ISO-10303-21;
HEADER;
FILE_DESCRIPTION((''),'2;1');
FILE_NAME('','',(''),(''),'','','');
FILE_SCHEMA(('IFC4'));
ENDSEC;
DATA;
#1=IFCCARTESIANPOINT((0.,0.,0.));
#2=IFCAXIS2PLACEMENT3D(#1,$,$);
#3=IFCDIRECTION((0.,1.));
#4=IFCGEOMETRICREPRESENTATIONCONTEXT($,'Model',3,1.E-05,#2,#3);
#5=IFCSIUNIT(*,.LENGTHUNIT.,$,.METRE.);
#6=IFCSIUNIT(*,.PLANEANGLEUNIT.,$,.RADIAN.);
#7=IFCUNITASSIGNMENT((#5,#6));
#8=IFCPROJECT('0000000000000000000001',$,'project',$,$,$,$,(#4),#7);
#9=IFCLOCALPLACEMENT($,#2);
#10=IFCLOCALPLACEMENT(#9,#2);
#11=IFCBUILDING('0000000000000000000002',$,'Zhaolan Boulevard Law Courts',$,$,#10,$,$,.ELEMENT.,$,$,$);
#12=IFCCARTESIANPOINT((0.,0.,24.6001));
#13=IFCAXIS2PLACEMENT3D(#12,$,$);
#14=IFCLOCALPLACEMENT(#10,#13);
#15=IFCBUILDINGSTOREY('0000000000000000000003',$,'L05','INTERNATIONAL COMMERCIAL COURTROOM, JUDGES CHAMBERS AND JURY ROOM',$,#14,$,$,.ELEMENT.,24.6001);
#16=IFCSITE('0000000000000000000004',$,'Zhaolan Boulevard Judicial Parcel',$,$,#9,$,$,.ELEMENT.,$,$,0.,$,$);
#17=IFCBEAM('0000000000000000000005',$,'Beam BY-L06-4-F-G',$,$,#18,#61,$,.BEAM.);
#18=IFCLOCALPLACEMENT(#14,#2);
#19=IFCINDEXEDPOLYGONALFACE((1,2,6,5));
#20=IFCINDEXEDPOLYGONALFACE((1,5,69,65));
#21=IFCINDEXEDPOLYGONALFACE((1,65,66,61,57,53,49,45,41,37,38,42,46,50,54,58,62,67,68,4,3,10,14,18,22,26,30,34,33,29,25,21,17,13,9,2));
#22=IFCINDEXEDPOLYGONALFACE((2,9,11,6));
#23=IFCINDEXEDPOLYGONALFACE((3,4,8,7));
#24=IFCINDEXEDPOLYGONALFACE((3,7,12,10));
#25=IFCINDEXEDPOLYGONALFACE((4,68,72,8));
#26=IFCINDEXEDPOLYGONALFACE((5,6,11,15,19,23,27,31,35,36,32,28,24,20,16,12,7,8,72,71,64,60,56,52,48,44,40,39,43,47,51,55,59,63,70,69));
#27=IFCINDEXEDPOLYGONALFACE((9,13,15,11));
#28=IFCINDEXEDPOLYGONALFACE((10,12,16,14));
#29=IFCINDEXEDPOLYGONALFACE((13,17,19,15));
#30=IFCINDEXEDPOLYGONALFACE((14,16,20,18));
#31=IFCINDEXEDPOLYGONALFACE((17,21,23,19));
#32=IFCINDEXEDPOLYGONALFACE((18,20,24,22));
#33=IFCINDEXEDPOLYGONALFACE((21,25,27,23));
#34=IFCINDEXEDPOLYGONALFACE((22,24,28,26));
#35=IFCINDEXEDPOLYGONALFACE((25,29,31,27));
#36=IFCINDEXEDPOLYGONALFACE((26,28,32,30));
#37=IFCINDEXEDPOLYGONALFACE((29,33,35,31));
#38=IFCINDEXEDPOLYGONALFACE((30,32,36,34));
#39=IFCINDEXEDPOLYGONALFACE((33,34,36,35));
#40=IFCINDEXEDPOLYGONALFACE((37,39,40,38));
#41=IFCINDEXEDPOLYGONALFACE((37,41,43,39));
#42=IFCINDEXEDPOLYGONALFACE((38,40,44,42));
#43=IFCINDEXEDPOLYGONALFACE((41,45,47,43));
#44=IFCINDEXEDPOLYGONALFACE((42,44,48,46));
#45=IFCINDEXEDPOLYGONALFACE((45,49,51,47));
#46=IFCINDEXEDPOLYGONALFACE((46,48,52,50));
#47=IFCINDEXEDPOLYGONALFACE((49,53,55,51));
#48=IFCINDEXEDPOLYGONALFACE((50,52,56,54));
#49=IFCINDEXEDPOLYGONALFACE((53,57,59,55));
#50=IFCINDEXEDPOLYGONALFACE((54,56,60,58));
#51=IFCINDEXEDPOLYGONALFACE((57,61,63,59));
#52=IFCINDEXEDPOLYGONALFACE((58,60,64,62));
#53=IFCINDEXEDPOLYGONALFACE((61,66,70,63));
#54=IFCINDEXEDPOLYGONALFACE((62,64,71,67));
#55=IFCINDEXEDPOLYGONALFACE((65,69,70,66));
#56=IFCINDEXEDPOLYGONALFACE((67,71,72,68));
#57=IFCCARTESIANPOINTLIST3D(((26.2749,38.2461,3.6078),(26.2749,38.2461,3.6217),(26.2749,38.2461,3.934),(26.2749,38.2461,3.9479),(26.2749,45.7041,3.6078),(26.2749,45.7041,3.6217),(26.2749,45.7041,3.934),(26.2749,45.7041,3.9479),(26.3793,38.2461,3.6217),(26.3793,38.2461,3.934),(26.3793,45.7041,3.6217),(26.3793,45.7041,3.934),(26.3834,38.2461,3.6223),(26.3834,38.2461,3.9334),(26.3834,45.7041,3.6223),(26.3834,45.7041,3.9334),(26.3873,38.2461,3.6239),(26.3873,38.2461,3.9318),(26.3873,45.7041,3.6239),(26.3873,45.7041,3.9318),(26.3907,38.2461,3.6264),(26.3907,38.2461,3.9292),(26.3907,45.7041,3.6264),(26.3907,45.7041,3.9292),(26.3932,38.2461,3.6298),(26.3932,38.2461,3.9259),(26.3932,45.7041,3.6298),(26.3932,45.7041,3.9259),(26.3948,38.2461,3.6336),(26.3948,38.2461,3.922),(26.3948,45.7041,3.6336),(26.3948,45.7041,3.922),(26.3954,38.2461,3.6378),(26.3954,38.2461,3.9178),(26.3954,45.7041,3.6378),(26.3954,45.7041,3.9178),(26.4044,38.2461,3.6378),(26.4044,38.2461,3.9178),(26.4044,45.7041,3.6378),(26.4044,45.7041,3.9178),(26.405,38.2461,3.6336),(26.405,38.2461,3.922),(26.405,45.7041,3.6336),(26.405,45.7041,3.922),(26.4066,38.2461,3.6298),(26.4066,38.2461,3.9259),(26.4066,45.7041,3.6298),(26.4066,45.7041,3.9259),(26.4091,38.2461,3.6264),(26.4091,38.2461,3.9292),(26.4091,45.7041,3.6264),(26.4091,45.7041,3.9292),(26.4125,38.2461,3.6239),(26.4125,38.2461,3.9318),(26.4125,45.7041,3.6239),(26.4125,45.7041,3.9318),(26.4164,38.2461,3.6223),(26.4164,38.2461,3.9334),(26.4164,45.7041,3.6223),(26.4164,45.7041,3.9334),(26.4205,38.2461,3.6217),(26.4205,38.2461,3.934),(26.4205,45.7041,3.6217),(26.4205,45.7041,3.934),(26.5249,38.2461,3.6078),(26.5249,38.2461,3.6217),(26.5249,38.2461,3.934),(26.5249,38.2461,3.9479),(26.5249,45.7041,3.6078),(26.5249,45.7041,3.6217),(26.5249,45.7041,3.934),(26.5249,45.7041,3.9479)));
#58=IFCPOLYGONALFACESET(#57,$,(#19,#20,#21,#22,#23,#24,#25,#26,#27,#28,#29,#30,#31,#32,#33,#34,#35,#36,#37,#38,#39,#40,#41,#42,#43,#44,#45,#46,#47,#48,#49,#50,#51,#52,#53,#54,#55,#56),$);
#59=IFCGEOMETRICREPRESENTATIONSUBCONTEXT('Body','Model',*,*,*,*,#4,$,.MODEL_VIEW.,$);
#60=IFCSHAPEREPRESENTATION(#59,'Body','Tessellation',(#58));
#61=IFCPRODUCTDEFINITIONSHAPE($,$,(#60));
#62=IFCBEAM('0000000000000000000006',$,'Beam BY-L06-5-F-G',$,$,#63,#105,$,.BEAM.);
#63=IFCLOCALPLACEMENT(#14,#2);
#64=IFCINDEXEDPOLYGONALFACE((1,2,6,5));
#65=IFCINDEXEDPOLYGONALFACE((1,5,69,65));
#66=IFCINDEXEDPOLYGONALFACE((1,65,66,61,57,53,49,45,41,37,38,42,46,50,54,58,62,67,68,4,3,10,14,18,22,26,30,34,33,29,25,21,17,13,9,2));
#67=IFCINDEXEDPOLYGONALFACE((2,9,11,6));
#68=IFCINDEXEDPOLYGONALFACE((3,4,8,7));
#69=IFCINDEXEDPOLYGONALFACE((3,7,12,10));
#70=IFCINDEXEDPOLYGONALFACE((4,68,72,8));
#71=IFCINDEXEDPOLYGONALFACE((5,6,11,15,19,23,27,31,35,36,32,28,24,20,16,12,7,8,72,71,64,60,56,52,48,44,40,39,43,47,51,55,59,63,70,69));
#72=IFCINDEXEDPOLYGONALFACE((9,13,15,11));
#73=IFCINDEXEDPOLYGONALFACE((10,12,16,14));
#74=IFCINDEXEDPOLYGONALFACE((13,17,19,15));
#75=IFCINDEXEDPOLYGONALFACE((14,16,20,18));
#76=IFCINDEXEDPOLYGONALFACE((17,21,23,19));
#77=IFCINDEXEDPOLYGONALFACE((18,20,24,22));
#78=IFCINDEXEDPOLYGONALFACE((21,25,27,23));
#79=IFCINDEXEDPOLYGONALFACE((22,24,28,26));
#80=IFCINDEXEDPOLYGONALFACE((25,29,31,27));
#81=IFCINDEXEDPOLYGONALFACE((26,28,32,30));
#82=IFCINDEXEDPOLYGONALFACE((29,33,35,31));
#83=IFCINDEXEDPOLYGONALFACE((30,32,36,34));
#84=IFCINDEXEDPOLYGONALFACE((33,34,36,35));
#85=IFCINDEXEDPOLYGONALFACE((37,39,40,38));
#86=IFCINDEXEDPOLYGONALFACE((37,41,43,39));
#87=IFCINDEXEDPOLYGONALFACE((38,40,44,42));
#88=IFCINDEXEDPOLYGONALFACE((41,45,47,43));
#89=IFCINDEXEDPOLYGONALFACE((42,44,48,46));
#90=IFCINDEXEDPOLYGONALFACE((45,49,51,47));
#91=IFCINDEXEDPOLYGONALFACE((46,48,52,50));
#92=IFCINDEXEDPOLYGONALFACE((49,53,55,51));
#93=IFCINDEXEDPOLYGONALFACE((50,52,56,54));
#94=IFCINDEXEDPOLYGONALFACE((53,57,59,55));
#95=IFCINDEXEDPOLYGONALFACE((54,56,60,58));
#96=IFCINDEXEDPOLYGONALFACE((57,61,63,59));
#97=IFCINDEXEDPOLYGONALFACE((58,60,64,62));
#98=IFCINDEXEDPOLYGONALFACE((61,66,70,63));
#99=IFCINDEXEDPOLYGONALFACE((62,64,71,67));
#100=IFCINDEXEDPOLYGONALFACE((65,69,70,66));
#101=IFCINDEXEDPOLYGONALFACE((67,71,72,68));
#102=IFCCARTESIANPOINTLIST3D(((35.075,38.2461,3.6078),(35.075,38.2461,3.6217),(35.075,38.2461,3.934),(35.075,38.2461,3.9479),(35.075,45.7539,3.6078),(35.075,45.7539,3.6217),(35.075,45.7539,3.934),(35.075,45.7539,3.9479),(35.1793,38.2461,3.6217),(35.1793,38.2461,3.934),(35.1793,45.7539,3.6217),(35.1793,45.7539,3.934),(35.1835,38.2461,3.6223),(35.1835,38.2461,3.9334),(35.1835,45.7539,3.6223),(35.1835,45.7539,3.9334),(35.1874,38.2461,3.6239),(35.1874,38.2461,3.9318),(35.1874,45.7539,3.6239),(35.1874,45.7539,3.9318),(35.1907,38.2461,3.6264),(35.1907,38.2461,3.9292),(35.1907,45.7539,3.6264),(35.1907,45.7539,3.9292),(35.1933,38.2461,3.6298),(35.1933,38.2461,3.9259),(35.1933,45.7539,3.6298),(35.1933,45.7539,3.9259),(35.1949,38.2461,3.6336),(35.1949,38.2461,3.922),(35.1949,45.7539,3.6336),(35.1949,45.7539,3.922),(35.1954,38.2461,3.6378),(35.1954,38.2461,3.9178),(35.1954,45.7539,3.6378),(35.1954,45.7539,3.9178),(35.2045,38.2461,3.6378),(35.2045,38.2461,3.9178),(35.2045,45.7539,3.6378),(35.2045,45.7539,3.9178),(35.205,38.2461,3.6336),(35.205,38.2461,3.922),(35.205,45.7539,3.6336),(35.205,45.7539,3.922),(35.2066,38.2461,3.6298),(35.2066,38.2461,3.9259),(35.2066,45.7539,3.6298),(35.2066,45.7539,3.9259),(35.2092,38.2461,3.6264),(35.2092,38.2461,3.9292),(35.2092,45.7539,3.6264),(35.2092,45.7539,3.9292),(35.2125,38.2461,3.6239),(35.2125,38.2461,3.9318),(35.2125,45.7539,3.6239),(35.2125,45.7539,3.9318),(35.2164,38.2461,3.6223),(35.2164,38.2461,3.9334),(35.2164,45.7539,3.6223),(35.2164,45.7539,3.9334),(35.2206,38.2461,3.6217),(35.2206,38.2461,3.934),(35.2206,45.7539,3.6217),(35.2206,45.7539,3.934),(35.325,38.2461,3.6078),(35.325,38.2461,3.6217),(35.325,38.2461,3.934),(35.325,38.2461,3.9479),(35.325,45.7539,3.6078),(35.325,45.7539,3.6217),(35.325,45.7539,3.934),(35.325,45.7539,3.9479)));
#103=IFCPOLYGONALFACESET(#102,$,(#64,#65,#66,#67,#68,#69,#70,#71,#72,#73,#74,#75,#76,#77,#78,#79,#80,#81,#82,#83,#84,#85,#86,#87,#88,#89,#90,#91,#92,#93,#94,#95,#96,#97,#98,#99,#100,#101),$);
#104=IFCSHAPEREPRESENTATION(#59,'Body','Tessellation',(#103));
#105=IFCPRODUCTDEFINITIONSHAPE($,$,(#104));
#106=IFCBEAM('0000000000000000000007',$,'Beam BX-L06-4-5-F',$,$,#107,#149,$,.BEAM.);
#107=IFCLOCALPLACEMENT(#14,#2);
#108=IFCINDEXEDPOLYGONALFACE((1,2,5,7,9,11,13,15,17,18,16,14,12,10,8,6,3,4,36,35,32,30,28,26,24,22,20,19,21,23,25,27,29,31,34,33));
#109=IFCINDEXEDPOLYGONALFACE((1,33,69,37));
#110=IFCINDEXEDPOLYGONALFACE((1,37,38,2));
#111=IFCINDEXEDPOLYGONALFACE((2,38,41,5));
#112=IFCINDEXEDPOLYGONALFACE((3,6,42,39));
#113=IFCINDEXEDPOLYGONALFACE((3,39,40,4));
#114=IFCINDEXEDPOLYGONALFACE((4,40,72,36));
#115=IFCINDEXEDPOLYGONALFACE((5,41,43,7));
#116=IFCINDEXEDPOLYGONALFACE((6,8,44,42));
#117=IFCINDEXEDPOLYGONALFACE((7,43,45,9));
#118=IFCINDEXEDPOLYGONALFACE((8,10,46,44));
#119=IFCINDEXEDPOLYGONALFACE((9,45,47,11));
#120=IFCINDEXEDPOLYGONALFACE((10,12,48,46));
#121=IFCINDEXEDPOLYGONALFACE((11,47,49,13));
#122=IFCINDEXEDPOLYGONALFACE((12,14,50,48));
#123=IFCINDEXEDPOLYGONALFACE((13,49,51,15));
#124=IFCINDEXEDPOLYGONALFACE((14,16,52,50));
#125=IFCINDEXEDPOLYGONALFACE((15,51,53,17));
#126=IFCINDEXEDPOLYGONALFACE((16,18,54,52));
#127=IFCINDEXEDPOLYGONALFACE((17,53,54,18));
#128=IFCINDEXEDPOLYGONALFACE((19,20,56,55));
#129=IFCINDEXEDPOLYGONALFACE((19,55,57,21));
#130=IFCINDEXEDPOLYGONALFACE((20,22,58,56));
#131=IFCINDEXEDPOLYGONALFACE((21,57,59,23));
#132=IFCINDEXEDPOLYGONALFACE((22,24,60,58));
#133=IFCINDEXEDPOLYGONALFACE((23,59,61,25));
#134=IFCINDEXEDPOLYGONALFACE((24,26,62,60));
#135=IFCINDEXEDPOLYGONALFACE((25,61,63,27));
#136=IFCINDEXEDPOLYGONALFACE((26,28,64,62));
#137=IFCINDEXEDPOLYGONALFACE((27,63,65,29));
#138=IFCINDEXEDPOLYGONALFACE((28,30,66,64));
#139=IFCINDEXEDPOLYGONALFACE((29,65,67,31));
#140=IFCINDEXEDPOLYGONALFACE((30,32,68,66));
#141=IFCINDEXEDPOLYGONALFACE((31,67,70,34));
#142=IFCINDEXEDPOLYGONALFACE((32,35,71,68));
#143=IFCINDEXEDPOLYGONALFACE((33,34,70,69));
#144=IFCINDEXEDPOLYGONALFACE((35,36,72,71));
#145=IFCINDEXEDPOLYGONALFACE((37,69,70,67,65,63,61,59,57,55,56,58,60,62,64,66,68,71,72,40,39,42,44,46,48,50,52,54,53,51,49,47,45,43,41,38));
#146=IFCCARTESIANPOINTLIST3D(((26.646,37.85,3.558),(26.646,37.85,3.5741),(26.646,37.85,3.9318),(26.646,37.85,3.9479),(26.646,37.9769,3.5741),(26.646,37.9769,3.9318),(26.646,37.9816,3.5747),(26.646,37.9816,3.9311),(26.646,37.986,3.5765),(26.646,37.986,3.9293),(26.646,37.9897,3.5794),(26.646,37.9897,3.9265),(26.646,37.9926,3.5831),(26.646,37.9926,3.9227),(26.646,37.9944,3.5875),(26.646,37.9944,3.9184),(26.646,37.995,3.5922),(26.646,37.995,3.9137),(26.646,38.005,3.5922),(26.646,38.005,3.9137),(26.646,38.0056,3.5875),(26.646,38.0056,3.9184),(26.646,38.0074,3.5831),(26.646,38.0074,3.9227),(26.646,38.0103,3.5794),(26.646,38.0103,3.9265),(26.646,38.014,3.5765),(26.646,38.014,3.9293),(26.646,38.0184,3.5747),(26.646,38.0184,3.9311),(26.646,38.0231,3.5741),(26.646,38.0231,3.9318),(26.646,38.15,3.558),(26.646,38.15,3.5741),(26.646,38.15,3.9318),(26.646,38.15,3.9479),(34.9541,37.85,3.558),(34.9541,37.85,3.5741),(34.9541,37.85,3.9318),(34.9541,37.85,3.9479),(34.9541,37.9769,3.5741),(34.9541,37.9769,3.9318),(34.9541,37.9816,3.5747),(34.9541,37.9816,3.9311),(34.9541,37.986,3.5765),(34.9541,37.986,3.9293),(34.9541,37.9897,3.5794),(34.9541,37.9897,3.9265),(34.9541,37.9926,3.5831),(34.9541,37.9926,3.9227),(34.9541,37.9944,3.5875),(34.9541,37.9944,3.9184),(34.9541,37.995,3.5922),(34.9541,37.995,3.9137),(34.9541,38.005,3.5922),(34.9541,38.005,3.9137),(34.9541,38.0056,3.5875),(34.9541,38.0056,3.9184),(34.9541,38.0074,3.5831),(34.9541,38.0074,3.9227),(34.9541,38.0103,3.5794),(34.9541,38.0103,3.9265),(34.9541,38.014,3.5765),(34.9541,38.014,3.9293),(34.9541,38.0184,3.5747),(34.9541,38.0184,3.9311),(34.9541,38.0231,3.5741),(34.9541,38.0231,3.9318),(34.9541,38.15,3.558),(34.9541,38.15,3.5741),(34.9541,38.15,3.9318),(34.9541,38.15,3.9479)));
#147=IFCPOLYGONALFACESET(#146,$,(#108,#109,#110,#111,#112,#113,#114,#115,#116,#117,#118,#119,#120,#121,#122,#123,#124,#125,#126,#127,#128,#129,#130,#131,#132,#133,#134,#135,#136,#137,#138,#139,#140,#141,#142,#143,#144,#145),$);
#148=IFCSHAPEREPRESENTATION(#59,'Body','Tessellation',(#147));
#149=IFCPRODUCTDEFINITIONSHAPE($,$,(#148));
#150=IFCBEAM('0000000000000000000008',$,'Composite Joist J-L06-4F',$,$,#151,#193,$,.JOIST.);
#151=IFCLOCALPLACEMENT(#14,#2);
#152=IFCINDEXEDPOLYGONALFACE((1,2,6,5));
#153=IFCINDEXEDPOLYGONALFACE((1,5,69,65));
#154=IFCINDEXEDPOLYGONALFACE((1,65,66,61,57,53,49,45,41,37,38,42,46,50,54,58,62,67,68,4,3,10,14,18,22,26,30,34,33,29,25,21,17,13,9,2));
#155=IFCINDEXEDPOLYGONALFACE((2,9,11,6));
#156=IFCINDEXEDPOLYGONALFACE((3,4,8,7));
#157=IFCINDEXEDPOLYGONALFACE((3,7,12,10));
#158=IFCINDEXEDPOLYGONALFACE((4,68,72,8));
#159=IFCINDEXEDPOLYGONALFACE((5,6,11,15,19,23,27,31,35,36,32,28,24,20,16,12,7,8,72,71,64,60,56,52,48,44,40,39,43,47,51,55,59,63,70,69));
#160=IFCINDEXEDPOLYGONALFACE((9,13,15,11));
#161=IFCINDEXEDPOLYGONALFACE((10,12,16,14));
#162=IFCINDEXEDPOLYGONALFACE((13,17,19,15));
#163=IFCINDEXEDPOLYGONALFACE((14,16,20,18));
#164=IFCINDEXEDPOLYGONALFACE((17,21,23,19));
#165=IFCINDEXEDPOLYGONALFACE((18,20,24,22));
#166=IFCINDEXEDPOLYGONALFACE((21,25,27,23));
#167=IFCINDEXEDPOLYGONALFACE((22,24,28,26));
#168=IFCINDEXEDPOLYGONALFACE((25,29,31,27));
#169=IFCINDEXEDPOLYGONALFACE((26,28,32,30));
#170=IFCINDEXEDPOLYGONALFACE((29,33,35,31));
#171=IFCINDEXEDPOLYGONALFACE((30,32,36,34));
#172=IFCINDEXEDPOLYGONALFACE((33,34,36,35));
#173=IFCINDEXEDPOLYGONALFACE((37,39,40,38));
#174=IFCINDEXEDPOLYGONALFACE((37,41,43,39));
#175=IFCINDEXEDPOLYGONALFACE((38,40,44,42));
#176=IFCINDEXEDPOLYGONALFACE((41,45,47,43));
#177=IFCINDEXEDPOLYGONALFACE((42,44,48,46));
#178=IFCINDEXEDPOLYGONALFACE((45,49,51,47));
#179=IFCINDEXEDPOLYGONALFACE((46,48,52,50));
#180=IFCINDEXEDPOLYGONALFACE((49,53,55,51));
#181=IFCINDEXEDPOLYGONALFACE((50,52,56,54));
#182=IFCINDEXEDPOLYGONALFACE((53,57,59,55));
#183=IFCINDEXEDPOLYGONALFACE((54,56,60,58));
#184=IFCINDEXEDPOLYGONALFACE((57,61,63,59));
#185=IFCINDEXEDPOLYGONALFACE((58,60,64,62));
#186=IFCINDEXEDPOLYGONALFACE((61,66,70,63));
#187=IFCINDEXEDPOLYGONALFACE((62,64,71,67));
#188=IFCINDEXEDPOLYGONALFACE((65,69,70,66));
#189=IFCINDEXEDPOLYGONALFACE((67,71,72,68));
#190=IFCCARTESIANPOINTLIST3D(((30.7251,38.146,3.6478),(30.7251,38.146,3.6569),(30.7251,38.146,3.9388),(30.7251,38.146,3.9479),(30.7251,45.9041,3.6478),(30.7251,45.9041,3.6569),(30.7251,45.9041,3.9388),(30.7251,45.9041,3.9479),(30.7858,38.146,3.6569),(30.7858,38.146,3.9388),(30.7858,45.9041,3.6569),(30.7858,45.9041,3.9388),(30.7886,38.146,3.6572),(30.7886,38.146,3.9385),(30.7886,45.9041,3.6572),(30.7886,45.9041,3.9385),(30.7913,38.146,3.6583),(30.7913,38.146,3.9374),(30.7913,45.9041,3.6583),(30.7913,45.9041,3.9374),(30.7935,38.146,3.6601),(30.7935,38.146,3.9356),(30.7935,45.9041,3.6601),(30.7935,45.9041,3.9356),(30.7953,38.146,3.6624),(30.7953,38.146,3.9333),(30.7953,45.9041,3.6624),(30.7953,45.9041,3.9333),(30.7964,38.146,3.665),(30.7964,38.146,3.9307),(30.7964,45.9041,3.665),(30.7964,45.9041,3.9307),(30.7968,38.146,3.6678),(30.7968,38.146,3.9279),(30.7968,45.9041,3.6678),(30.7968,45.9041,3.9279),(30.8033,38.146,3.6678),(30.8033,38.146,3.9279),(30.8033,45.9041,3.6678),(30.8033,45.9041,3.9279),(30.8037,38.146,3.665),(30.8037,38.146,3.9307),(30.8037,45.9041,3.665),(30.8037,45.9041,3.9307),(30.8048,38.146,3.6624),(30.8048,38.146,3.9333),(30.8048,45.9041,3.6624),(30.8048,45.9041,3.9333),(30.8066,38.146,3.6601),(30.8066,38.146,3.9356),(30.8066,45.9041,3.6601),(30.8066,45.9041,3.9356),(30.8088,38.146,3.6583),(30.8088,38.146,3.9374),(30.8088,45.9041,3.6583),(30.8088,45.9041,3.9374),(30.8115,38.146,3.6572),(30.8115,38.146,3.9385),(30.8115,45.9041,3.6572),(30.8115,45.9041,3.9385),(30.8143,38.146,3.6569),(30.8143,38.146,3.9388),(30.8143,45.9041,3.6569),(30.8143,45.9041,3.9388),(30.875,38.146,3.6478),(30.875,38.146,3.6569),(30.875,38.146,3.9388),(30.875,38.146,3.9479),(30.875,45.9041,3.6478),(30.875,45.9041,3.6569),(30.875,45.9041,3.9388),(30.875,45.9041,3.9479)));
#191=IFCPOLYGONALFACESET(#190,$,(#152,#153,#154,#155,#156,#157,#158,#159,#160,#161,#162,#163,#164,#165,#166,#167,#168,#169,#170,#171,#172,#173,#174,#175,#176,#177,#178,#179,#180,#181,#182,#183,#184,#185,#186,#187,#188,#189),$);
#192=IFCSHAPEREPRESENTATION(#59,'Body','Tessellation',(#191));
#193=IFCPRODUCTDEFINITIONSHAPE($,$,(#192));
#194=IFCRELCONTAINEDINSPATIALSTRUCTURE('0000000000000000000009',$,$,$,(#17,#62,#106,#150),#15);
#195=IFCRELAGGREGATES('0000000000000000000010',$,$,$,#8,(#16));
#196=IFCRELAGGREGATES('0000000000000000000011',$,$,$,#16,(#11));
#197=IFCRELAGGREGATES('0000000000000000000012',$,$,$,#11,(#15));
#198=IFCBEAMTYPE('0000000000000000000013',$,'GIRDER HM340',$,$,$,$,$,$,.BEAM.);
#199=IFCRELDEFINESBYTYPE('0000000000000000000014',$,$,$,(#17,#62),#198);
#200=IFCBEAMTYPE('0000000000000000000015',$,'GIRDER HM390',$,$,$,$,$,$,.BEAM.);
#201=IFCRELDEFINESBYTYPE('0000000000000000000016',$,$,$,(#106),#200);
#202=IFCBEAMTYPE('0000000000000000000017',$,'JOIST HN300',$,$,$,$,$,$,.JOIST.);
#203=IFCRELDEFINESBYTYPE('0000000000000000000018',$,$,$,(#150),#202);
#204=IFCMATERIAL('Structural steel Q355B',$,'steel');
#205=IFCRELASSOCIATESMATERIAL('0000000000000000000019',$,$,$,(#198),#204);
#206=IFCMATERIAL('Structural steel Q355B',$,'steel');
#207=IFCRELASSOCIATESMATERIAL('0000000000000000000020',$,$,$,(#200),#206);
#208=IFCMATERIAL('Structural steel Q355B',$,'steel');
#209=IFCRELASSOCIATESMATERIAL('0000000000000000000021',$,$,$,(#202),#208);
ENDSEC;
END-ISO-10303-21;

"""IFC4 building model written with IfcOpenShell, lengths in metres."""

from ifc_helpers import new_model, si_unit, direction, frame, origin, origin_2d, place, context, subcontext, project, spatial, i_section, extrude, material, material_profile, profile_set, type_object, element, save


model = new_model("IFC4")

# Units and contexts
model_context = context("Model", 3, precision=1e-05, world=origin(), true_north=direction((0.0, 1.0)))
body_context = subcontext(model_context, "Body", "Model", "MODEL_VIEW")
ifc_project = project(units=[si_unit("LENGTHUNIT", "METRE"), si_unit("PLANEANGLEUNIT", "RADIAN")], contexts=[model_context])

# Site, building, storey
site_placement = place(None, origin())
site = spatial("IfcSite", under=ifc_project, at=site_placement, Name="Zhaolan Boulevard Judicial Parcel", CompositionType="ELEMENT", RefElevation=0.0)
building_placement = place(site_placement, origin())
building = spatial("IfcBuilding", under=site, at=building_placement, Name="Zhaolan Boulevard Law Courts", CompositionType="ELEMENT")
storey_placement = place(building_placement, frame((0.0, 0.0, 24.6001)))
storey = spatial("IfcBuildingStorey", under=building, at=storey_placement, Name="L05", Description="INTERNATIONAL COMMERCIAL COURTROOM, JUDGES CHAMBERS AND JURY ROOM", CompositionType="ELEMENT", Elevation=24.6001)

# Beams
ifc_material_1 = material(Name="Structural steel Q355B", Category="steel")
ifc_material_profile_1 = material_profile(ifc_material_1, i_section(OverallWidth=0.25, OverallDepth=0.3401, WebThickness=0.009, FlangeThickness=0.0139, FilletRadius=0.0161, at=origin_2d()), Name="HM340x250")
ifc_profile_set_1 = profile_set([ifc_material_profile_1], Name="Structural steel Q355B")
beam_type_1 = type_object("IfcBeamType", Name="GIRDER HM340", PredefinedType="BEAM", material=ifc_profile_set_1)
beam_1_placement = place(storey_placement, frame((26.3999, 38.2461, 3.7778), z_axis=(0.0, 1.0, 0.0), x_axis=(-1.0, 0.0, 0.0)))
element("IfcBeam", 1, at=beam_1_placement, inside=storey, type_object=beam_type_1, Name="Beam BY-L06-4-F-G", PredefinedType="BEAM", context=body_context, shape_type="SweptSolid", body=[
    extrude(i_section(OverallWidth=0.25, OverallDepth=0.3401, WebThickness=0.009, FlangeThickness=0.0139, FilletRadius=0.0161, at=origin_2d()), origin(), (0.0, 0.0, 1.0), 7.458),
])
beam_2_placement = place(storey_placement, frame((35.2, 38.2461, 3.7778), z_axis=(0.0, 1.0, 0.0), x_axis=(-1.0, 0.0, 0.0)))
element("IfcBeam", 2, at=beam_2_placement, inside=storey, type_object=beam_type_1, Name="Beam BY-L06-5-F-G", PredefinedType="BEAM", context=body_context, shape_type="SweptSolid", body=[
    extrude(i_section(OverallWidth=0.25, OverallDepth=0.3401, WebThickness=0.009, FlangeThickness=0.0139, FilletRadius=0.0161, at=origin_2d()), origin(), (0.0, 0.0, 1.0), 7.5078),
])
ifc_material_2 = material(Name="Structural steel Q355B", Category="steel")
ifc_material_profile_2 = material_profile(ifc_material_2, i_section(OverallWidth=0.3, OverallDepth=0.3899, WebThickness=0.01, FlangeThickness=0.0161, FilletRadius=0.0181, at=origin_2d()), Name="HM390x300")
ifc_profile_set_2 = profile_set([ifc_material_profile_2], Name="Structural steel Q355B")
beam_type_2 = type_object("IfcBeamType", Name="GIRDER HM390", PredefinedType="BEAM", material=ifc_profile_set_2)
beam_3_placement = place(storey_placement, frame((26.646, 38.0, 3.7529), z_axis=(1.0, 0.0, 0.0), x_axis=(0.0, 1.0, 0.0)))
element("IfcBeam", 3, at=beam_3_placement, inside=storey, type_object=beam_type_2, Name="Beam BX-L06-4-5-F", PredefinedType="BEAM", context=body_context, shape_type="SweptSolid", body=[
    extrude(i_section(OverallWidth=0.3, OverallDepth=0.3899, WebThickness=0.01, FlangeThickness=0.0161, FilletRadius=0.0181, at=origin_2d()), origin(), (0.0, 0.0, 1.0), 8.3081),
])
ifc_material_3 = material(Name="Structural steel Q355B", Category="steel")
ifc_material_profile_3 = material_profile(ifc_material_3, i_section(OverallWidth=0.1499, OverallDepth=0.3, WebThickness=0.0066, FlangeThickness=0.009, FilletRadius=0.011, at=origin_2d()), Name="HN300x150")
ifc_profile_set_3 = profile_set([ifc_material_profile_3], Name="Structural steel Q355B")
beam_type_3 = type_object("IfcBeamType", Name="JOIST HN300", PredefinedType="JOIST", material=ifc_profile_set_3)
beam_4_placement = place(storey_placement, frame((30.8, 38.146, 3.7979), z_axis=(0.0, 1.0, 0.0), x_axis=(-1.0, 0.0, 0.0)))
element("IfcBeam", 4, at=beam_4_placement, inside=storey, type_object=beam_type_3, Name="Composite Joist J-L06-4F", PredefinedType="JOIST", context=body_context, shape_type="SweptSolid", body=[
    extrude(i_section(OverallWidth=0.1499, OverallDepth=0.3, WebThickness=0.0066, FlangeThickness=0.009, FilletRadius=0.011, at=origin_2d()), origin(), (0.0, 0.0, 1.0), 7.7581),
])

save(model, "model.ifc")
